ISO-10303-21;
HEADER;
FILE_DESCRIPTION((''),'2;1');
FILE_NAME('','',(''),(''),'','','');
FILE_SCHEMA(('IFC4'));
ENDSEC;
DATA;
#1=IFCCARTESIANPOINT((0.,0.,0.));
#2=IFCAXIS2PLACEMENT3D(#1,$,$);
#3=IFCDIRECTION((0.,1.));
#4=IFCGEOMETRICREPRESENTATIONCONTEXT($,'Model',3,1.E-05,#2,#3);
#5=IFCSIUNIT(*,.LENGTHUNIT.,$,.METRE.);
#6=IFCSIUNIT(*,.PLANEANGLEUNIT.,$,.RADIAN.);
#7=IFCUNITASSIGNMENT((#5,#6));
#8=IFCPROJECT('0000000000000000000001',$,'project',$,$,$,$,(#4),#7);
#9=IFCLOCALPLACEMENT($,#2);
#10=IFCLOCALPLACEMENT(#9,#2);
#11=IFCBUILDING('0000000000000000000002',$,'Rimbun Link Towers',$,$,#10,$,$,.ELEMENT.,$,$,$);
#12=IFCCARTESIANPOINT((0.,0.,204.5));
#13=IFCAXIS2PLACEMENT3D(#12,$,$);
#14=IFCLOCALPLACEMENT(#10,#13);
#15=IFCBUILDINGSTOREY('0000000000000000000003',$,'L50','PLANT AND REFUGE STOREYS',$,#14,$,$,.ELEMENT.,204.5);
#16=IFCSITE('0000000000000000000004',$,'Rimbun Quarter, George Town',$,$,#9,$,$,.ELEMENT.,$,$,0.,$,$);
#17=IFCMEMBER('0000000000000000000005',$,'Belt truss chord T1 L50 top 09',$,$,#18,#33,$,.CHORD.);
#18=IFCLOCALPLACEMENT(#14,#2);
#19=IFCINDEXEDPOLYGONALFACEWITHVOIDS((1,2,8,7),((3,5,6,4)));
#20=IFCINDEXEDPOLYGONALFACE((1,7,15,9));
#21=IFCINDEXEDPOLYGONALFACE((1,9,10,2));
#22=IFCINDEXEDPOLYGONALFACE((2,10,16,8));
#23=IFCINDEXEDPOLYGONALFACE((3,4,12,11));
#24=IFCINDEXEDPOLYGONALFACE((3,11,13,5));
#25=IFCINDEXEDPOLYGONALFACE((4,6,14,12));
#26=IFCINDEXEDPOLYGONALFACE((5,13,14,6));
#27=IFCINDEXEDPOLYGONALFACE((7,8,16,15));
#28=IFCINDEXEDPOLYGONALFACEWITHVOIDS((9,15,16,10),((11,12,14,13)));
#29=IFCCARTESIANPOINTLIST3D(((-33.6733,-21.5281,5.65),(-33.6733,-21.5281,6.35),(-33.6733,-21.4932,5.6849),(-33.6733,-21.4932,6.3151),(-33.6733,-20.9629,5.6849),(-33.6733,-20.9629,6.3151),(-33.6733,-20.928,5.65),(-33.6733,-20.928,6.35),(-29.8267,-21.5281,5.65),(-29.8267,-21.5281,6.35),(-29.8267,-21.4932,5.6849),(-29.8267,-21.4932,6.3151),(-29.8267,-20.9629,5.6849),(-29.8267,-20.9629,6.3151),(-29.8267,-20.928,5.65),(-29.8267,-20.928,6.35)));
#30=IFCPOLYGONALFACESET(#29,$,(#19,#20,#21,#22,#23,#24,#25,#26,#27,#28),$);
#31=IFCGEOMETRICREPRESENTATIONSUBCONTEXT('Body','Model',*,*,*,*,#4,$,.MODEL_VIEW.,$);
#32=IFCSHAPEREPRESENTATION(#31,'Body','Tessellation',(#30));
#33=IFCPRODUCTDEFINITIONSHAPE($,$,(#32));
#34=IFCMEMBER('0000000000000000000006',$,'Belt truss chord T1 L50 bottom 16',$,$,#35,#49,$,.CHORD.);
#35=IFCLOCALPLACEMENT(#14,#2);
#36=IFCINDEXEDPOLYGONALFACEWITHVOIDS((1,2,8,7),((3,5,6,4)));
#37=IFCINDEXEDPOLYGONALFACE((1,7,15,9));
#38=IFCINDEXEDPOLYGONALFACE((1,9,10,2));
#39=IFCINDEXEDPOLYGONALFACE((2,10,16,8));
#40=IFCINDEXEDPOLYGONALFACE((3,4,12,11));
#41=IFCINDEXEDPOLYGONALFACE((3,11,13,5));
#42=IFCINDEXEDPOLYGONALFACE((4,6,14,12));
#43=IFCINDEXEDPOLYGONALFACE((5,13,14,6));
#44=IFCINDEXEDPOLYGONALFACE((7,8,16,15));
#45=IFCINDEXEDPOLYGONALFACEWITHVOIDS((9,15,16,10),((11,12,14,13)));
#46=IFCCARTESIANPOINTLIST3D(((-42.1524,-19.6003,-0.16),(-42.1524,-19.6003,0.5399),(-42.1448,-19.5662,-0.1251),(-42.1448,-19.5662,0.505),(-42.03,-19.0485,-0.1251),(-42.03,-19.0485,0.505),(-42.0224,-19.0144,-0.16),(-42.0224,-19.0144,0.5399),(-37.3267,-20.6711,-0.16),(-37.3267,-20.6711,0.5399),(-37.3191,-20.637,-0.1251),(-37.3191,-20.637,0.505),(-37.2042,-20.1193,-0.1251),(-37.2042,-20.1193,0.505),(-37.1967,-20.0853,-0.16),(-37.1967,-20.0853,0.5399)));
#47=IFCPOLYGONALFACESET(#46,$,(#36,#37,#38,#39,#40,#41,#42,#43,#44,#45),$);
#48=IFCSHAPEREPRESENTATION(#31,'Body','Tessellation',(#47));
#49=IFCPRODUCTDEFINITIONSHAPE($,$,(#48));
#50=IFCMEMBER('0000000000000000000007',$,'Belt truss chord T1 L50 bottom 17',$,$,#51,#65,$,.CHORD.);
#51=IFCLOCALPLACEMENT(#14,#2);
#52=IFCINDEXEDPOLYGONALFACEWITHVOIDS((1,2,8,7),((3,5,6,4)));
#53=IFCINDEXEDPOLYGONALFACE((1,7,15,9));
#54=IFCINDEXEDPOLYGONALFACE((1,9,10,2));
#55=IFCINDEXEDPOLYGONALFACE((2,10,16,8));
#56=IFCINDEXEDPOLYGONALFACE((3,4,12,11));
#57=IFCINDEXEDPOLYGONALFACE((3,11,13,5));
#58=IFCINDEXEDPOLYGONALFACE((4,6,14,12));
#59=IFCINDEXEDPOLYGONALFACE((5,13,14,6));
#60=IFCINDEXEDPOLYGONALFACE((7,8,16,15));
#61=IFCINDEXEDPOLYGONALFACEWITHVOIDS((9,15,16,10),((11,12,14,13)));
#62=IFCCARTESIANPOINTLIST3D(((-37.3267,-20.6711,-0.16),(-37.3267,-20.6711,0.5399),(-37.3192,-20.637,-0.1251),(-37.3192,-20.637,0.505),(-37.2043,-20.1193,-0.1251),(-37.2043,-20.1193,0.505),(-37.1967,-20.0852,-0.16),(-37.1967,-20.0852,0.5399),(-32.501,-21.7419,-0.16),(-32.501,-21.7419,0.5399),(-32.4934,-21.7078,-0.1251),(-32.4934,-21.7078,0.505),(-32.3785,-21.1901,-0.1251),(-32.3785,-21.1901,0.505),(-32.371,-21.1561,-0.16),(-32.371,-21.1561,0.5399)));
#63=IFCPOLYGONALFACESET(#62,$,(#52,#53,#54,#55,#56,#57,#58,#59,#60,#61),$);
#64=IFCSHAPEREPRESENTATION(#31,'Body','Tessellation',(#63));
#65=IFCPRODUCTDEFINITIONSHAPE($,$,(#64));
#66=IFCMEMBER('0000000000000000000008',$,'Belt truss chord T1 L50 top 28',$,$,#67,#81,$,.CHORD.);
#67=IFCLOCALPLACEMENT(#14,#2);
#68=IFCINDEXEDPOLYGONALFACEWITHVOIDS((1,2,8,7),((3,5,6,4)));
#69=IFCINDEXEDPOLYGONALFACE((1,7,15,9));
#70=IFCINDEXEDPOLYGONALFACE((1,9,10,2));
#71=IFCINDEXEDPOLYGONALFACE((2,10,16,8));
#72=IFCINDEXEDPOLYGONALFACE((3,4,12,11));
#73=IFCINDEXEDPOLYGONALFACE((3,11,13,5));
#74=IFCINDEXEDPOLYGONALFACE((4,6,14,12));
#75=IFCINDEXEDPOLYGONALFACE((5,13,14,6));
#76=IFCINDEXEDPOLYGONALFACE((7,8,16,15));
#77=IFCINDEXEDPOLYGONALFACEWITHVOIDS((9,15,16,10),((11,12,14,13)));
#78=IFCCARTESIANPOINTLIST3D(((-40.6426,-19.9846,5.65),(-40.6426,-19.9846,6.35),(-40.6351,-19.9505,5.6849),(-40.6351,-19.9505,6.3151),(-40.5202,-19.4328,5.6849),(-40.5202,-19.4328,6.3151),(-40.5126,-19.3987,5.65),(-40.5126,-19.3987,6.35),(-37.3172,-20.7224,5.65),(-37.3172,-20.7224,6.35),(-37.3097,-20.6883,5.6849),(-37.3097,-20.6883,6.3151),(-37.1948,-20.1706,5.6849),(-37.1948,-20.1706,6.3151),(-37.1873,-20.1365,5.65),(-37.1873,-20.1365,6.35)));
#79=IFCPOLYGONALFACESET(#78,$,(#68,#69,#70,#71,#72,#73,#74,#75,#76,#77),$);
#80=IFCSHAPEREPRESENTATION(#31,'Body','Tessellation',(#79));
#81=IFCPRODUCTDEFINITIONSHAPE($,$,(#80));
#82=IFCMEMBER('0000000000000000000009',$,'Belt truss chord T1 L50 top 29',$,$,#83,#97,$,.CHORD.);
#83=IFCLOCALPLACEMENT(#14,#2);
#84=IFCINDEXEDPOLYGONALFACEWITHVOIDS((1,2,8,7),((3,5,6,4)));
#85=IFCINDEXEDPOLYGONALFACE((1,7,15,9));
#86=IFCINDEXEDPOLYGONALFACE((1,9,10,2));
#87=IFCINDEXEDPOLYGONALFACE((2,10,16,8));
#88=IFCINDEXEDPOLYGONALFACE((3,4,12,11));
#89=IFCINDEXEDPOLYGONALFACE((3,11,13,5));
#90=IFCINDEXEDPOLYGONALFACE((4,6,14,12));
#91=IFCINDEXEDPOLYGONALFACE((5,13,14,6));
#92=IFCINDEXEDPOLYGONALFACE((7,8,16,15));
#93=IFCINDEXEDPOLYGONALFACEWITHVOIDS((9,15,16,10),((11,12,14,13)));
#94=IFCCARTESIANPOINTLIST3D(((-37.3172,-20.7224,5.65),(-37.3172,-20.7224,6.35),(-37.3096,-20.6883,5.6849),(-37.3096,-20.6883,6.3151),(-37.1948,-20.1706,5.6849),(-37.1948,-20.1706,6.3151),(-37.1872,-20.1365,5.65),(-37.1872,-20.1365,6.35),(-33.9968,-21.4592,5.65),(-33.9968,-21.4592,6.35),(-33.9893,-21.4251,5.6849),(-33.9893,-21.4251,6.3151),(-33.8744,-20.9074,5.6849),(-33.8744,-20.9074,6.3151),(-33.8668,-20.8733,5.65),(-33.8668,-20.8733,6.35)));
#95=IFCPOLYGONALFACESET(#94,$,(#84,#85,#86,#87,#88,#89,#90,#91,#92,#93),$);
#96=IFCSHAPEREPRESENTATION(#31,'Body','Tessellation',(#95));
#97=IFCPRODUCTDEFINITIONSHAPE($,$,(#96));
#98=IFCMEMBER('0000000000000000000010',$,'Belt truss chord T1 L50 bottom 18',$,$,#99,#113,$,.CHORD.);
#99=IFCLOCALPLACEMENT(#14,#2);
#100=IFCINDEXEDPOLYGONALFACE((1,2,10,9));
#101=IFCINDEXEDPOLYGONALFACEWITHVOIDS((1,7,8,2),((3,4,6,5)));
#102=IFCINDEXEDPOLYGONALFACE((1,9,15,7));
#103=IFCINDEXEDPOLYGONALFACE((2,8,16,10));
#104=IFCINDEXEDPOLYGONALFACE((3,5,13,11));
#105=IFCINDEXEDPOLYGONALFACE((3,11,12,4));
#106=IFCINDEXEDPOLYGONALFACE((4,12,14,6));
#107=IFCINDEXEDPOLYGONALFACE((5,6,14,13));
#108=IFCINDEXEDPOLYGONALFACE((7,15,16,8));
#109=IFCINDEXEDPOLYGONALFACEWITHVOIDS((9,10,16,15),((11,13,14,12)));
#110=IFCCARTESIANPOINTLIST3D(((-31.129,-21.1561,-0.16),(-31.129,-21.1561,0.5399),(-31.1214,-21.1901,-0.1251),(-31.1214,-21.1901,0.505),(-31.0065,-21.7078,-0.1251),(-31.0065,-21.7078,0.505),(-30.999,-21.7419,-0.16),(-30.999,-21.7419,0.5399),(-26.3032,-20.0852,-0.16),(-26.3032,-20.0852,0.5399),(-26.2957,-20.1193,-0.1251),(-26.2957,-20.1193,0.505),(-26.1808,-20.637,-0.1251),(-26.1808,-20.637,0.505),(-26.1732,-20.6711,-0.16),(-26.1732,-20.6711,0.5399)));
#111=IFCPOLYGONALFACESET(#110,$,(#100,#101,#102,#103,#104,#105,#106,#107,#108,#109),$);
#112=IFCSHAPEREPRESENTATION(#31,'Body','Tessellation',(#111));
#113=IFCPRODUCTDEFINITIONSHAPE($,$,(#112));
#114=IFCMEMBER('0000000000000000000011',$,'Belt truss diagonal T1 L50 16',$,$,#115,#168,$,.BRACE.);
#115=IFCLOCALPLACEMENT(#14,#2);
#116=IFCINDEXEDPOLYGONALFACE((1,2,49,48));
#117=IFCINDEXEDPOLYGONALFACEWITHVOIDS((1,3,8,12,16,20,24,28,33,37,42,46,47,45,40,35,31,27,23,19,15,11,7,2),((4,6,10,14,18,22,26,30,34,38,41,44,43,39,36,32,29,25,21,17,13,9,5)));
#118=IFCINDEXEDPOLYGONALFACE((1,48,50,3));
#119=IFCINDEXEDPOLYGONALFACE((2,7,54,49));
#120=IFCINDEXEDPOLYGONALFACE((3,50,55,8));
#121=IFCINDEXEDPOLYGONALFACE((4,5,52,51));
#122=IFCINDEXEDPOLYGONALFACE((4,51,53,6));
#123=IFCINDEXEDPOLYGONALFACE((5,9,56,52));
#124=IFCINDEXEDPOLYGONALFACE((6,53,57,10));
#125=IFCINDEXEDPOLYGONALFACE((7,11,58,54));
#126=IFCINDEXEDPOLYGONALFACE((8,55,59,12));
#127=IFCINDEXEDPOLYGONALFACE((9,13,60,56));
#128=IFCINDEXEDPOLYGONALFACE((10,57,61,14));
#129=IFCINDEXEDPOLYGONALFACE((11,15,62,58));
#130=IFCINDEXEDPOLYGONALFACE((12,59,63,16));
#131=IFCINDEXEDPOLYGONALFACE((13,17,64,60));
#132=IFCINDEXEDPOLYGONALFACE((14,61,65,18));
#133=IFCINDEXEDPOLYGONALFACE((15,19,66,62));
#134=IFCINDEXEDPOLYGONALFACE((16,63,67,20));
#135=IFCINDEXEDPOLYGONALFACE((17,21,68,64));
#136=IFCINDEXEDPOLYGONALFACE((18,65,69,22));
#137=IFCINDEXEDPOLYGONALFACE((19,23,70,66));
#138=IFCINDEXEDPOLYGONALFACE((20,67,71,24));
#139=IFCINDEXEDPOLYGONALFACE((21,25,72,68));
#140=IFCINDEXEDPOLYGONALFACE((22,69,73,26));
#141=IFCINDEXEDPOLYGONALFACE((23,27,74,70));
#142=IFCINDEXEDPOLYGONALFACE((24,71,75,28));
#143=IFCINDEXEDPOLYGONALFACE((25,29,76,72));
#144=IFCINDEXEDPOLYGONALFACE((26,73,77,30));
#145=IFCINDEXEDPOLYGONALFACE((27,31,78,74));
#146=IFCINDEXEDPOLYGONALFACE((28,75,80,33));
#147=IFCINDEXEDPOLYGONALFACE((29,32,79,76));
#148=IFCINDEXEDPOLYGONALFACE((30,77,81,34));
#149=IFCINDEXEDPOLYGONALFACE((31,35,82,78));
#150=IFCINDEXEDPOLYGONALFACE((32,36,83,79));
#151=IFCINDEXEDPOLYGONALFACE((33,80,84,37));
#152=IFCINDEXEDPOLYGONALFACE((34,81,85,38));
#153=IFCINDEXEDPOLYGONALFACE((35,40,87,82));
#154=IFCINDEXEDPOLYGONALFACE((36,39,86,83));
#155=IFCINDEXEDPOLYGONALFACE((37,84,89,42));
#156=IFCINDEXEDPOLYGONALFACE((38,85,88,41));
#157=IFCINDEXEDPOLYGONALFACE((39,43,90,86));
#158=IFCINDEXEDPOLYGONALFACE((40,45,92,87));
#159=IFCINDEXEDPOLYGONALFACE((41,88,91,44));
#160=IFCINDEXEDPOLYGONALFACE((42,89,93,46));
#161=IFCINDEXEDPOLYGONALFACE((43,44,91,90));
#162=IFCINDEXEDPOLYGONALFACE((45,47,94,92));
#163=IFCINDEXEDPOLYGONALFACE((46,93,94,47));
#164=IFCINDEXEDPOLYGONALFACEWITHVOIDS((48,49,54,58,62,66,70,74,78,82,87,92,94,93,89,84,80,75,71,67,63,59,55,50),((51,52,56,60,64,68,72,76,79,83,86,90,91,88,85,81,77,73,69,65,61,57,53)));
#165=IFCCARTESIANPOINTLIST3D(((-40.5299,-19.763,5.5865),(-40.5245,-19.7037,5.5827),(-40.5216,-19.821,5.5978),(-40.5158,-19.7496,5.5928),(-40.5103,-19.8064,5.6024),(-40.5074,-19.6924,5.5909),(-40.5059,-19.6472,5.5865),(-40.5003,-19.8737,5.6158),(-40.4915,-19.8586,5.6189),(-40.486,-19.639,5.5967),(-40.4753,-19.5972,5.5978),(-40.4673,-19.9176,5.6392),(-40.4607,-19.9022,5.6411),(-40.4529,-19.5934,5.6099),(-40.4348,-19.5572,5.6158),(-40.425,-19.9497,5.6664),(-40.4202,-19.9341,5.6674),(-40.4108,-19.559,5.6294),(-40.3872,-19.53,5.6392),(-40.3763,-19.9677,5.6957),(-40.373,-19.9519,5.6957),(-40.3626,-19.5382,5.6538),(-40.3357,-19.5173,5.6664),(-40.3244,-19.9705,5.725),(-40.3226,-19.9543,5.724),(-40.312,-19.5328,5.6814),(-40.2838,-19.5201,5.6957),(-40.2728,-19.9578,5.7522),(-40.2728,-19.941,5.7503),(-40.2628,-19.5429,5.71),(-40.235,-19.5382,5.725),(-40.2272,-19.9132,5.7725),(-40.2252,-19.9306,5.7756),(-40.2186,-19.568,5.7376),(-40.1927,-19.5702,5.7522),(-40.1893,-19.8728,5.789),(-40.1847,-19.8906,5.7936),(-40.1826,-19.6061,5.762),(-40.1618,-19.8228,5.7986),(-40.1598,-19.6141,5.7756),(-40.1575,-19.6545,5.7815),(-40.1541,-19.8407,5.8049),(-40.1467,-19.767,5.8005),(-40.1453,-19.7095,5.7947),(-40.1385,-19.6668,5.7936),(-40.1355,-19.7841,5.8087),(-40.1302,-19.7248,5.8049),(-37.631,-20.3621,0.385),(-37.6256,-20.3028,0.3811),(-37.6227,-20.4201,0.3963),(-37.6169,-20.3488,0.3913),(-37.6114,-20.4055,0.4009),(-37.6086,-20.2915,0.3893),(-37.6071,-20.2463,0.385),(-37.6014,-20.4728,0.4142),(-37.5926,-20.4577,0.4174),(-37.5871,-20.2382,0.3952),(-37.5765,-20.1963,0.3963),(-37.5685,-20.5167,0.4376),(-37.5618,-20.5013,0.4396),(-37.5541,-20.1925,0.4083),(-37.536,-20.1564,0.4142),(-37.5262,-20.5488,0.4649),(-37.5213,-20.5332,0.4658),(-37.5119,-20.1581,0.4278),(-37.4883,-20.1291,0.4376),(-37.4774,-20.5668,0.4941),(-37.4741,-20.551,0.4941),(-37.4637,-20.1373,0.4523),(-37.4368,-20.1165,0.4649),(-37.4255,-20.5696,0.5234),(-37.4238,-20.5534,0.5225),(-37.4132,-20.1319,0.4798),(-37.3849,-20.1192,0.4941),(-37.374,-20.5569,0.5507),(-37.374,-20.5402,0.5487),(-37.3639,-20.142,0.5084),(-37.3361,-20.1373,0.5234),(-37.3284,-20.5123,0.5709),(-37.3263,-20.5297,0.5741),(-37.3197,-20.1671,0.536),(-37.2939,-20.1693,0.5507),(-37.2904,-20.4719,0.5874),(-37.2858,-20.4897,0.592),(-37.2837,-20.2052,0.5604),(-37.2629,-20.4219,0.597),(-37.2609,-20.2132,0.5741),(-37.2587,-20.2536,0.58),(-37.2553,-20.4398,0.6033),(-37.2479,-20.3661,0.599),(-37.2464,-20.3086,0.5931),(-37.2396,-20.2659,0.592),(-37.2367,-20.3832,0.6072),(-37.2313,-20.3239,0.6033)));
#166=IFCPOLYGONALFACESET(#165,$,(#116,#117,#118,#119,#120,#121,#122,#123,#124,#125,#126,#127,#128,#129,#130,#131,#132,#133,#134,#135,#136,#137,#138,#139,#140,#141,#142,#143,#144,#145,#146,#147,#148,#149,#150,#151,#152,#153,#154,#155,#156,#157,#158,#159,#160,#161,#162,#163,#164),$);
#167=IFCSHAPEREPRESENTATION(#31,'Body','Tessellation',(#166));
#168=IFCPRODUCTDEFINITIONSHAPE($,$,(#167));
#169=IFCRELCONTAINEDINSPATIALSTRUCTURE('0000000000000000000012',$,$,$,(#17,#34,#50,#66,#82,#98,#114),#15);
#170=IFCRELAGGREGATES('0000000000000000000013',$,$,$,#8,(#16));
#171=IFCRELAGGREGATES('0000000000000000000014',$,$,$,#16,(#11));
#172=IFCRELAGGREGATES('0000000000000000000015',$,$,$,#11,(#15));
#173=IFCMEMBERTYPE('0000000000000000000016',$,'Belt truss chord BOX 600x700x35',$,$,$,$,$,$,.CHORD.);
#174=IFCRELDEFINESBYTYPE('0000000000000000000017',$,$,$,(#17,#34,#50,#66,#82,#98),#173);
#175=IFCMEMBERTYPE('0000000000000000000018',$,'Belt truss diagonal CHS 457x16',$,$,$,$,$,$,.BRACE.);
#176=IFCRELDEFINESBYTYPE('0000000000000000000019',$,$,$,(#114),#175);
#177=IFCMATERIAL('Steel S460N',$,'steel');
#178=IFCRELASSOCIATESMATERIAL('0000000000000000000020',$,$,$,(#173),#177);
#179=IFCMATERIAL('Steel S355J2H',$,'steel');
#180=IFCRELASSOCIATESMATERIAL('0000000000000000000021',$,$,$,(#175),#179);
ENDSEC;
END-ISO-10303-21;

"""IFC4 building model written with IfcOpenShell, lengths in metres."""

from ifc_helpers import new_model, si_unit, direction, frame, origin, origin_2d, place, context, subcontext, project, spatial, hollow_rectangle, hollow_circle, extrude, material, material_profile, profile_set, type_object, element, save


model = new_model("IFC4")

# Units and contexts
model_context = context("Model", 3, precision=1e-05, world=origin(), true_north=direction((0.0, 1.0)))
body_context = subcontext(model_context, "Body", "Model", "MODEL_VIEW")
ifc_project = project(units=[si_unit("LENGTHUNIT", "METRE"), si_unit("PLANEANGLEUNIT", "RADIAN")], contexts=[model_context])

# Site, building, storey
site_placement = place(None, origin())
site = spatial("IfcSite", under=ifc_project, at=site_placement, Name="Rimbun Quarter, George Town", CompositionType="ELEMENT", RefElevation=0.0)
building_placement = place(site_placement, origin())
building = spatial("IfcBuilding", under=site, at=building_placement, Name="Rimbun Link Towers", CompositionType="ELEMENT")
storey_placement = place(building_placement, frame((0.0, 0.0, 204.5)))
storey = spatial("IfcBuildingStorey", under=building, at=storey_placement, Name="L50", Description="PLANT AND REFUGE STOREYS", CompositionType="ELEMENT", Elevation=204.5)

# Members
ifc_material_1 = material(Name="Steel S460N", Category="steel")
ifc_material_profile_1 = material_profile(ifc_material_1, hollow_rectangle(XDim=0.6001, YDim=0.7, WallThickness=0.0349, at=origin_2d()), Name="Belt truss chord BOX 600x700x35")
ifc_profile_set_1 = profile_set([ifc_material_profile_1], Name="Steel S460N")
member_type_1 = type_object("IfcMemberType", Name="Belt truss chord BOX 600x700x35", PredefinedType="CHORD", material=ifc_profile_set_1)
member_1_placement = place(storey_placement, frame((-33.6733, -21.228, 6.0), z_axis=(1.0, 0.0, 0.0), x_axis=(0.0, 1.0, 0.0)))
element("IfcMember", 1, at=member_1_placement, inside=storey, type_object=member_type_1, Name="Belt truss chord T1 L50 top 09", PredefinedType="CHORD", context=body_context, shape_type="SweptSolid", body=[
    extrude(hollow_rectangle(XDim=0.6001, YDim=0.7, WallThickness=0.0349, at=origin_2d()), origin(), (0.0, 0.0, 1.0), 3.8467),
])
for number, where, z_axis, x_axis, name in (
    (2, (-42.0874, -19.3074, 0.1899), (0.976254, -0.216627, 0.0), (0.216627, 0.976254, 0.0), "Belt truss chord T1 L50 bottom 16"),
    (3, (-37.2617, -20.3782, 0.1899), (0.976254, -0.216627, 0.0), (0.216627, 0.976254, 0.0), "Belt truss chord T1 L50 bottom 17"),
):
    element("IfcMember", number, at=place(storey_placement, frame(where, z_axis=z_axis, x_axis=x_axis)), inside=storey, type_object=member_type_1, Name=name, PredefinedType="CHORD", context=body_context, shape_type="SweptSolid", body=[
        extrude(hollow_rectangle(XDim=0.6001, YDim=0.7, WallThickness=0.0349, at=origin_2d()), origin(), (0.0, 0.0, 1.0), 4.9431),
    ])
member_2_placement = place(storey_placement, frame((-40.5776, -19.6917, 6.0), z_axis=(0.976261, -0.216597, 0.0), x_axis=(0.216597, 0.976261, 0.0)))
element("IfcMember", 4, at=member_2_placement, inside=storey, type_object=member_type_1, Name="Belt truss chord T1 L50 top 28", PredefinedType="CHORD", context=body_context, shape_type="SweptSolid", body=[
    extrude(hollow_rectangle(XDim=0.6001, YDim=0.7, WallThickness=0.0349, at=origin_2d()), origin(), (0.0, 0.0, 1.0), 3.4062),
])
member_3_placement = place(storey_placement, frame((-37.2522, -20.4294, 6.0), z_axis=(0.976251, -0.216642, 0.0), x_axis=(0.216642, 0.976251, 0.0)))
element("IfcMember", 5, at=member_3_placement, inside=storey, type_object=member_type_1, Name="Belt truss chord T1 L50 top 29", PredefinedType="CHORD", context=body_context, shape_type="SweptSolid", body=[
    extrude(hollow_rectangle(XDim=0.6001, YDim=0.7, WallThickness=0.0349, at=origin_2d()), origin(), (0.0, 0.0, 1.0), 3.4011),
])
member_4_placement = place(storey_placement, frame((-31.064, -21.449, 0.1899), z_axis=(0.976254, 0.216627, 0.0), x_axis=(-0.216627, 0.976254, 0.0)))
element("IfcMember", 6, at=member_4_placement, inside=storey, type_object=member_type_1, Name="Belt truss chord T1 L50 bottom 18", PredefinedType="CHORD", context=body_context, shape_type="SweptSolid", body=[
    extrude(hollow_rectangle(XDim=0.6001, YDim=0.7, WallThickness=0.0349, at=origin_2d()), origin(), (0.0, 0.0, 1.0), 4.9431),
])
ifc_material_2 = material(Name="Steel S355J2H", Category="steel")
ifc_material_profile_2 = material_profile(ifc_material_2, hollow_circle(Radius=0.2285, WallThickness=0.0161, at=origin_2d()), Name="Belt truss diagonal CHS 457x16")
ifc_profile_set_2 = profile_set([ifc_material_profile_2], Name="Steel S355J2H")
member_type_2 = type_object("IfcMemberType", Name="Belt truss diagonal CHS 457x16", PredefinedType="BRACE", material=ifc_profile_set_2)
member_5_placement = place(storey_placement, frame((-37.4312, -20.343, 0.4941), z_axis=(-0.484367, 0.100104, 0.869119), x_axis=(-0.202393, -0.979304, 0.0)))
element("IfcMember", 7, at=member_5_placement, inside=storey, type_object=member_type_2, Name="Belt truss diagonal T1 L50 16", PredefinedType="BRACE", context=body_context, shape_type="SweptSolid", body=[
    extrude(hollow_circle(Radius=0.2285, WallThickness=0.0161, at=origin_2d()), origin(), (0.0, 0.0, 1.0), 5.9849),
])

save(model, "model.ifc")
